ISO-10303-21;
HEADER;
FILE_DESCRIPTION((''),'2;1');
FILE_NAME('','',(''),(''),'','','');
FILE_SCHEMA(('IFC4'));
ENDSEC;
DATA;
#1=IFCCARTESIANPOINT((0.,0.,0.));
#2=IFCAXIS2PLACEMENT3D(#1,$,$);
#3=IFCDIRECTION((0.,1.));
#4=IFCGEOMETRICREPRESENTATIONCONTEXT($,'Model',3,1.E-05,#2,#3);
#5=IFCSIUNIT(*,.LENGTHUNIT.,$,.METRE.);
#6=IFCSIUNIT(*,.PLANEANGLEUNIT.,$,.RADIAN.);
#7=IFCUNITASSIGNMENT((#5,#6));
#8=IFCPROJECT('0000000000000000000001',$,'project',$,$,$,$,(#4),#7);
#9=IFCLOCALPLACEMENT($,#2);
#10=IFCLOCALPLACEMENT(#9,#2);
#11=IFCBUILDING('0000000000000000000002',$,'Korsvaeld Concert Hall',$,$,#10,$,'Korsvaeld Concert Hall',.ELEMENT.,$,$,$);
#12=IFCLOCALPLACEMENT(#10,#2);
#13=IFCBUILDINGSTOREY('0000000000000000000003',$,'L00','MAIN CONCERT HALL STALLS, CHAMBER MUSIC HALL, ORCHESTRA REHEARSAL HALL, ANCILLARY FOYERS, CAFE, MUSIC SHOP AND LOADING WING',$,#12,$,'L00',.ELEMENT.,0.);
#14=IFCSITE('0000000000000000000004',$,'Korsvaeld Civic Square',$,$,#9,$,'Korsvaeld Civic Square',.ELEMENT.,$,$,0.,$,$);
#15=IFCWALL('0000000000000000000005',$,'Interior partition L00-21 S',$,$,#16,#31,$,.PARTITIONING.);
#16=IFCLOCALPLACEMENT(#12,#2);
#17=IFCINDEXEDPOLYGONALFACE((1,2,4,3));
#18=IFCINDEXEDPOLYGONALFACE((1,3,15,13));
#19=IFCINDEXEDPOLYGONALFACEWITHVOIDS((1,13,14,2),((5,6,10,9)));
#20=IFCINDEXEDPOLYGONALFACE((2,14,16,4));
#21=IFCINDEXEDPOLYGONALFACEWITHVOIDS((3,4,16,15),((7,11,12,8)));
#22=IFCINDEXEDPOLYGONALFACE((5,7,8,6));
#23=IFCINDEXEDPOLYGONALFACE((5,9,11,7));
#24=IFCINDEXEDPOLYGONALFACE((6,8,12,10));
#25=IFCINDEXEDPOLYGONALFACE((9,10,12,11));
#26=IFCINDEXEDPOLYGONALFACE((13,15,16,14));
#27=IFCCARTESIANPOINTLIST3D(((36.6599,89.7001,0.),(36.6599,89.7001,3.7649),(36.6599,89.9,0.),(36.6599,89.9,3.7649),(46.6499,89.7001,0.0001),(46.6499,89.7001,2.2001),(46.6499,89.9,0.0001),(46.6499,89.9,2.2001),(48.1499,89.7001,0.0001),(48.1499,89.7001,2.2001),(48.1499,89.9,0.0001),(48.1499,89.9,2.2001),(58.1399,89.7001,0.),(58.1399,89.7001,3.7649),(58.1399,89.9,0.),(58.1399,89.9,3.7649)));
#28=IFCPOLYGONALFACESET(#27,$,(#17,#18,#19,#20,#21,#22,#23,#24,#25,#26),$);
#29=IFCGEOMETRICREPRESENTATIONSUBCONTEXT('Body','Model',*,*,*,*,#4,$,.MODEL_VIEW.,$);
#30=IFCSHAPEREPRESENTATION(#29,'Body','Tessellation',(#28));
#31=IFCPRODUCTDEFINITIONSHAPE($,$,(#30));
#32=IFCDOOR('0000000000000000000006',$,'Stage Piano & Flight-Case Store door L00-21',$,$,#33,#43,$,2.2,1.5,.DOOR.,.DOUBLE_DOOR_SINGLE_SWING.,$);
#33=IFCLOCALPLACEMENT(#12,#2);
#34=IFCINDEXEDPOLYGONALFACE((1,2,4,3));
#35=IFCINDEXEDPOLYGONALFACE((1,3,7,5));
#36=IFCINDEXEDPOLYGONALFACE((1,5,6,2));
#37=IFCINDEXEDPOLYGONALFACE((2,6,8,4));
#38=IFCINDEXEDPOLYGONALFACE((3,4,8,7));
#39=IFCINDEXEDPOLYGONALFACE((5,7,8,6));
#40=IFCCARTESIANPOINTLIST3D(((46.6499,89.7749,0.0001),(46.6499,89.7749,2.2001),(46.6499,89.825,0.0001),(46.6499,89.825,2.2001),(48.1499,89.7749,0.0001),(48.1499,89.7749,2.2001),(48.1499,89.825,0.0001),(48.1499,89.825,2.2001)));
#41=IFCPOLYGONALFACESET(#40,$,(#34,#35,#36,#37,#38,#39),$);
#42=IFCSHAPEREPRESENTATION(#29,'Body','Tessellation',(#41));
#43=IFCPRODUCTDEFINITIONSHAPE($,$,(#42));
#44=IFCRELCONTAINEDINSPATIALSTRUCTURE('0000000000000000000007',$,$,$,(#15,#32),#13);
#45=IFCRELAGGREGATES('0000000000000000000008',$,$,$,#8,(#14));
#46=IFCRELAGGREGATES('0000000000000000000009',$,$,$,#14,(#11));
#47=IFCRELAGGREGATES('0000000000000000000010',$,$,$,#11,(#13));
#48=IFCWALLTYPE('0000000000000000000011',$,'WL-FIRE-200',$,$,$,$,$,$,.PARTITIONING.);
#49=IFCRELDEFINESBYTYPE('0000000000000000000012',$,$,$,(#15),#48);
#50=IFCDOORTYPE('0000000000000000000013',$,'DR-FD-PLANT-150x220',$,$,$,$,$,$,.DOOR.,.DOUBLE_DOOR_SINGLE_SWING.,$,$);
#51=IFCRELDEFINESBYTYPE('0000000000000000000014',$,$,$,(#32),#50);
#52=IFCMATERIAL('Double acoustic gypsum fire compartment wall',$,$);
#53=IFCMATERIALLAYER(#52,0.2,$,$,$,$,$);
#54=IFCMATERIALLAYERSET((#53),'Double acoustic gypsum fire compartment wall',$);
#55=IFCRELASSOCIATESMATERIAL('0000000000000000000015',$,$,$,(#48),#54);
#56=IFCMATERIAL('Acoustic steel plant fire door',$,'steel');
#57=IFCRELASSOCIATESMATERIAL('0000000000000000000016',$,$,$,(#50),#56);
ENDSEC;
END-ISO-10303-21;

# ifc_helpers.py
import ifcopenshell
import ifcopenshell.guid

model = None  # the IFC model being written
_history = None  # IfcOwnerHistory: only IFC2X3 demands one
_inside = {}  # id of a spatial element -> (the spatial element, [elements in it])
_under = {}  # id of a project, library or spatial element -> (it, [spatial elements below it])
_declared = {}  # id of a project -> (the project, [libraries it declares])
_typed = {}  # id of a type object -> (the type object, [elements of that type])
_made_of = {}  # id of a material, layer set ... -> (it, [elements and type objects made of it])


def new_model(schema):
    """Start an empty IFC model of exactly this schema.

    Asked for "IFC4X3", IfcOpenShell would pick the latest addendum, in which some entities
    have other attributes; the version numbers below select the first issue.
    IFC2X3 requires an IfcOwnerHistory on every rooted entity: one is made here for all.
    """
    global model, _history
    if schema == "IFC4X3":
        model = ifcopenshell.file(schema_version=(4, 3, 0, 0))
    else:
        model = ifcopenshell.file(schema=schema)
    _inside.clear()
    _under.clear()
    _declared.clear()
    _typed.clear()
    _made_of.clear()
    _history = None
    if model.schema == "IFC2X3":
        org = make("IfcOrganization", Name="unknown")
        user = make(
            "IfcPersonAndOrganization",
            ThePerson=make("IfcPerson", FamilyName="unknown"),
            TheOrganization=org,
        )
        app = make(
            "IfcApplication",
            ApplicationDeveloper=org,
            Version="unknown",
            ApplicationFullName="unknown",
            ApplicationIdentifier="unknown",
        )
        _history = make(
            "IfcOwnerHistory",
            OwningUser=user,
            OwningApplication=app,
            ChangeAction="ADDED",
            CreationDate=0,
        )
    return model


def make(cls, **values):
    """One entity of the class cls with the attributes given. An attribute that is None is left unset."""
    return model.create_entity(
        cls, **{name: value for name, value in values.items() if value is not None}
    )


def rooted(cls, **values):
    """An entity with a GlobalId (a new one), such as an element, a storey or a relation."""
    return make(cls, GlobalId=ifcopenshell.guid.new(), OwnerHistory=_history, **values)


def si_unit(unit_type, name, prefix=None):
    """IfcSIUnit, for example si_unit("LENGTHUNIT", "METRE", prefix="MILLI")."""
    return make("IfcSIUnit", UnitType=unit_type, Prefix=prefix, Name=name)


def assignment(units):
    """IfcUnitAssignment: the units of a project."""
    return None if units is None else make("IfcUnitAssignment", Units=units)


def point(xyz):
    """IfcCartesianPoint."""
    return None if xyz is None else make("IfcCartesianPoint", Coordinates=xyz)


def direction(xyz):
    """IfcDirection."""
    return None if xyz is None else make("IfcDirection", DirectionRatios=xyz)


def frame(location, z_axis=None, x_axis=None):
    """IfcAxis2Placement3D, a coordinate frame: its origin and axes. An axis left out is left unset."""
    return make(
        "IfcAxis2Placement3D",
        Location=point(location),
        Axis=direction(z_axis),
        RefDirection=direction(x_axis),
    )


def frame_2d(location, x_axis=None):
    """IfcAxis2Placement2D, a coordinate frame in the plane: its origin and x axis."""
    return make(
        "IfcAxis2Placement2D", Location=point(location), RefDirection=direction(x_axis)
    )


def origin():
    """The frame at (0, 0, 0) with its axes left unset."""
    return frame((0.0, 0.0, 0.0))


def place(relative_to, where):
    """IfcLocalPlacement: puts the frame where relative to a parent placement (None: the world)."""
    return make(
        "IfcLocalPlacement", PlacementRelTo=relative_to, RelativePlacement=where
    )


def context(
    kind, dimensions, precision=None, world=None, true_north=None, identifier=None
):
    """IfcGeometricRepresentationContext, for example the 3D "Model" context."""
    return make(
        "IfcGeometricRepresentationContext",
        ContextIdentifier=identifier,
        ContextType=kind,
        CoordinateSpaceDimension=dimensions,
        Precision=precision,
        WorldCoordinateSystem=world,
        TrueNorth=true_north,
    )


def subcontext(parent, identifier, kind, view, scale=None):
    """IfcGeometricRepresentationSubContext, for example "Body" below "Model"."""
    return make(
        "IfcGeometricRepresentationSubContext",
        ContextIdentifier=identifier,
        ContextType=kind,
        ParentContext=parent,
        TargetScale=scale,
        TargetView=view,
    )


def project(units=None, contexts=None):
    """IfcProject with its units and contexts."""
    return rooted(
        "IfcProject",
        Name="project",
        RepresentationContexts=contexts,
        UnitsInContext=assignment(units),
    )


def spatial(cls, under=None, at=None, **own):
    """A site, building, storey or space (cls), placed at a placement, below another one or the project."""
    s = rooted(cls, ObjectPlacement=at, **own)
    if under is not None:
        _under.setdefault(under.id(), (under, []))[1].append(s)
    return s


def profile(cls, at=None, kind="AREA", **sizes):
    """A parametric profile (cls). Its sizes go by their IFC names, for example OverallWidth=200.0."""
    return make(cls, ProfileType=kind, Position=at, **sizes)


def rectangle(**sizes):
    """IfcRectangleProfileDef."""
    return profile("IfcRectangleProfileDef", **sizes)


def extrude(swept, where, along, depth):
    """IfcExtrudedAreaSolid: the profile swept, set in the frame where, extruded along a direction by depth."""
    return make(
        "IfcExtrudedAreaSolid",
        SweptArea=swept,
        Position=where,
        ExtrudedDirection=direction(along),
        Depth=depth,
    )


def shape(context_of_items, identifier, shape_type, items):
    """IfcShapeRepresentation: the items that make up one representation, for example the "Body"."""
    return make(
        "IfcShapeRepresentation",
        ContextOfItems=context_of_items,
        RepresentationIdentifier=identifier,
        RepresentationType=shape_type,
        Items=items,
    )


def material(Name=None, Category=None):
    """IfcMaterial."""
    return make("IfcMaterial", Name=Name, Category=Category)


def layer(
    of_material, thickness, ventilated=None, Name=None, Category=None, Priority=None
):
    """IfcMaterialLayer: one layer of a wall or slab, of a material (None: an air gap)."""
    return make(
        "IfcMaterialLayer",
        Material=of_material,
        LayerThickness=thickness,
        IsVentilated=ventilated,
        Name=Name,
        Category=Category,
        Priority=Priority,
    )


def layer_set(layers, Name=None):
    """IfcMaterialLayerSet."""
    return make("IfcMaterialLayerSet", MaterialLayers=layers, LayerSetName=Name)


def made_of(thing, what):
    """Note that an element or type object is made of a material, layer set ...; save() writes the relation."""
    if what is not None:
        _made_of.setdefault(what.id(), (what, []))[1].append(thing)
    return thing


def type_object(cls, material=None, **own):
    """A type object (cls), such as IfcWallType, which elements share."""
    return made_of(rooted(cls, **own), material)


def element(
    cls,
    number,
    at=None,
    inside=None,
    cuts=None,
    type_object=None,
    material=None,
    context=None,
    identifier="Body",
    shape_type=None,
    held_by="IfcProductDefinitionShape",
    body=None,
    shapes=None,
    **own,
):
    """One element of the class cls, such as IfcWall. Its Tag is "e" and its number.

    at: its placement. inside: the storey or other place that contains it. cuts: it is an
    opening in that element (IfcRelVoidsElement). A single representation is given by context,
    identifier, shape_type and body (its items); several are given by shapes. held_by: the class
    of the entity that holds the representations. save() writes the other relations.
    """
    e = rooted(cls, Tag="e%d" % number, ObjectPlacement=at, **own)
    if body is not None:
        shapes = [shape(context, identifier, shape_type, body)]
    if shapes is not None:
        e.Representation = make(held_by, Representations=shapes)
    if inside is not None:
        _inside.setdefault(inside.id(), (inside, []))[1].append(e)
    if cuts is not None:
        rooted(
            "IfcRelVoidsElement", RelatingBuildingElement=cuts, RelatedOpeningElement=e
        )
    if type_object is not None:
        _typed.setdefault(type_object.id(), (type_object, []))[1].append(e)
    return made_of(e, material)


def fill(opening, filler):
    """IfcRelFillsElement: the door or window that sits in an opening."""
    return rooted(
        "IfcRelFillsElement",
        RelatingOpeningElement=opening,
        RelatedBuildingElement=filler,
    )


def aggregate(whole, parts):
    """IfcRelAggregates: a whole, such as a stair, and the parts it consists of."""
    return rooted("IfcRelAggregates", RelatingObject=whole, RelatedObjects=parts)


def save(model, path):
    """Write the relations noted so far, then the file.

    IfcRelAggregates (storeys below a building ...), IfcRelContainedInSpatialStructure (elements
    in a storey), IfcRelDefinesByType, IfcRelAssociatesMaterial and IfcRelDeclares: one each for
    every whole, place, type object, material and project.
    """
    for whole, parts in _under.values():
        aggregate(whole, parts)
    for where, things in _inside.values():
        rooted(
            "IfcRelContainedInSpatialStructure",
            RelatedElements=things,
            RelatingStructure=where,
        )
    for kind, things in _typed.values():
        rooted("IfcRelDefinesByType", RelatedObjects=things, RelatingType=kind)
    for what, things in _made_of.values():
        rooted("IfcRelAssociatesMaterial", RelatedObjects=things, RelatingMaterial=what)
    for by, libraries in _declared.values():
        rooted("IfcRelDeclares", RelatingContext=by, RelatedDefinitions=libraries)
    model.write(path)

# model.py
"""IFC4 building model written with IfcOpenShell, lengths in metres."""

from ifc_helpers import new_model, si_unit, direction, frame, frame_2d, origin, place, context, subcontext, project, spatial, rectangle, extrude, material, layer, layer_set, type_object, element, fill, save


model = new_model("IFC4")

# Units and contexts
model_context = context("Model", 3, precision=1e-05, world=origin(), true_north=direction((0.0, 1.0)))
body_context = subcontext(model_context, "Body", "Model", "MODEL_VIEW")
ifc_project = project(units=[si_unit("LENGTHUNIT", "METRE"), si_unit("PLANEANGLEUNIT", "RADIAN")], contexts=[model_context])

# Site, building, storey
site_placement = place(None, origin())
site = spatial("IfcSite", under=ifc_project, at=site_placement, Name="Korsvaeld Civic Square", LongName="Korsvaeld Civic Square", CompositionType="ELEMENT", RefElevation=0.0)
building_placement = place(site_placement, origin())
building = spatial("IfcBuilding", under=site, at=building_placement, Name="Korsvaeld Concert Hall", LongName="Korsvaeld Concert Hall", CompositionType="ELEMENT")
storey_placement = place(building_placement, origin())
storey = spatial("IfcBuildingStorey", under=building, at=storey_placement, Name="L00", Description="MAIN CONCERT HALL STALLS, CHAMBER MUSIC HALL, ORCHESTRA REHEARSAL HALL, ANCILLARY FOYERS, CAFE, MUSIC SHOP AND LOADING WING", LongName="L00", CompositionType="ELEMENT", Elevation=0.0)

# Wall, opening, door
ifc_material_1 = material(Name="Double acoustic gypsum fire compartment wall")
ifc_layer = layer(ifc_material_1, 0.2)
ifc_layer_set = layer_set([ifc_layer], Name="Double acoustic gypsum fire compartment wall")
wall_type = type_object("IfcWallType", Name="WL-FIRE-200", PredefinedType="PARTITIONING", material=ifc_layer_set)
wall_placement = place(storey_placement, frame((36.6599, 89.8, 0.0), z_axis=(0.0, 0.0, 1.0), x_axis=(1.0, 0.0, 0.0)))
wall = element("IfcWall", 1, at=wall_placement, inside=storey, type_object=wall_type, Name="Interior partition L00-21 S", PredefinedType="PARTITIONING", context=body_context, shape_type="SweptSolid", body=[
    extrude(rectangle(XDim=21.48, YDim=0.2, at=frame_2d((10.74, 0.0))), origin(), (0.0, 0.0, 1.0), 3.7649),
])
opening_placement = place(wall_placement, frame((9.99, 0.0, 0.0)))
opening = element("IfcOpeningElement", 2, at=opening_placement, cuts=wall, PredefinedType="OPENING", context=body_context, shape_type="SweptSolid", body=[
    extrude(rectangle(XDim=1.5, YDim=2.2, at=frame_2d((0.75, 1.1001))), frame((0.0, 0.1099, 0.0), z_axis=(0.0, -1.0, 0.0), x_axis=(1.0, 0.0, 0.0)), (0.0, 0.0, 1.0), 0.22),
])
ifc_material_2 = material(Name="Acoustic steel plant fire door", Category="steel")
door_type = type_object("IfcDoorType", Name="DR-FD-PLANT-150x220", OperationType="DOUBLE_DOOR_SINGLE_SWING", PredefinedType="DOOR", material=ifc_material_2)
door_placement = place(opening_placement, origin())
door = element("IfcDoor", 3, at=door_placement, inside=storey, type_object=door_type, Name="Stage Piano & Flight-Case Store door L00-21", OperationType="DOUBLE_DOOR_SINGLE_SWING", OverallHeight=2.2, OverallWidth=1.5, PredefinedType="DOOR", context=body_context, shape_type="SweptSolid", body=[
    extrude(rectangle(XDim=1.5, YDim=2.2, at=frame_2d((0.75, 1.1001))), frame((0.0, 0.0249, 0.0), z_axis=(0.0, -1.0, 0.0), x_axis=(1.0, 0.0, 0.0)), (0.0, 0.0, 1.0), 0.05),
])
fill(opening, door)

save(model, "model.ifc")
